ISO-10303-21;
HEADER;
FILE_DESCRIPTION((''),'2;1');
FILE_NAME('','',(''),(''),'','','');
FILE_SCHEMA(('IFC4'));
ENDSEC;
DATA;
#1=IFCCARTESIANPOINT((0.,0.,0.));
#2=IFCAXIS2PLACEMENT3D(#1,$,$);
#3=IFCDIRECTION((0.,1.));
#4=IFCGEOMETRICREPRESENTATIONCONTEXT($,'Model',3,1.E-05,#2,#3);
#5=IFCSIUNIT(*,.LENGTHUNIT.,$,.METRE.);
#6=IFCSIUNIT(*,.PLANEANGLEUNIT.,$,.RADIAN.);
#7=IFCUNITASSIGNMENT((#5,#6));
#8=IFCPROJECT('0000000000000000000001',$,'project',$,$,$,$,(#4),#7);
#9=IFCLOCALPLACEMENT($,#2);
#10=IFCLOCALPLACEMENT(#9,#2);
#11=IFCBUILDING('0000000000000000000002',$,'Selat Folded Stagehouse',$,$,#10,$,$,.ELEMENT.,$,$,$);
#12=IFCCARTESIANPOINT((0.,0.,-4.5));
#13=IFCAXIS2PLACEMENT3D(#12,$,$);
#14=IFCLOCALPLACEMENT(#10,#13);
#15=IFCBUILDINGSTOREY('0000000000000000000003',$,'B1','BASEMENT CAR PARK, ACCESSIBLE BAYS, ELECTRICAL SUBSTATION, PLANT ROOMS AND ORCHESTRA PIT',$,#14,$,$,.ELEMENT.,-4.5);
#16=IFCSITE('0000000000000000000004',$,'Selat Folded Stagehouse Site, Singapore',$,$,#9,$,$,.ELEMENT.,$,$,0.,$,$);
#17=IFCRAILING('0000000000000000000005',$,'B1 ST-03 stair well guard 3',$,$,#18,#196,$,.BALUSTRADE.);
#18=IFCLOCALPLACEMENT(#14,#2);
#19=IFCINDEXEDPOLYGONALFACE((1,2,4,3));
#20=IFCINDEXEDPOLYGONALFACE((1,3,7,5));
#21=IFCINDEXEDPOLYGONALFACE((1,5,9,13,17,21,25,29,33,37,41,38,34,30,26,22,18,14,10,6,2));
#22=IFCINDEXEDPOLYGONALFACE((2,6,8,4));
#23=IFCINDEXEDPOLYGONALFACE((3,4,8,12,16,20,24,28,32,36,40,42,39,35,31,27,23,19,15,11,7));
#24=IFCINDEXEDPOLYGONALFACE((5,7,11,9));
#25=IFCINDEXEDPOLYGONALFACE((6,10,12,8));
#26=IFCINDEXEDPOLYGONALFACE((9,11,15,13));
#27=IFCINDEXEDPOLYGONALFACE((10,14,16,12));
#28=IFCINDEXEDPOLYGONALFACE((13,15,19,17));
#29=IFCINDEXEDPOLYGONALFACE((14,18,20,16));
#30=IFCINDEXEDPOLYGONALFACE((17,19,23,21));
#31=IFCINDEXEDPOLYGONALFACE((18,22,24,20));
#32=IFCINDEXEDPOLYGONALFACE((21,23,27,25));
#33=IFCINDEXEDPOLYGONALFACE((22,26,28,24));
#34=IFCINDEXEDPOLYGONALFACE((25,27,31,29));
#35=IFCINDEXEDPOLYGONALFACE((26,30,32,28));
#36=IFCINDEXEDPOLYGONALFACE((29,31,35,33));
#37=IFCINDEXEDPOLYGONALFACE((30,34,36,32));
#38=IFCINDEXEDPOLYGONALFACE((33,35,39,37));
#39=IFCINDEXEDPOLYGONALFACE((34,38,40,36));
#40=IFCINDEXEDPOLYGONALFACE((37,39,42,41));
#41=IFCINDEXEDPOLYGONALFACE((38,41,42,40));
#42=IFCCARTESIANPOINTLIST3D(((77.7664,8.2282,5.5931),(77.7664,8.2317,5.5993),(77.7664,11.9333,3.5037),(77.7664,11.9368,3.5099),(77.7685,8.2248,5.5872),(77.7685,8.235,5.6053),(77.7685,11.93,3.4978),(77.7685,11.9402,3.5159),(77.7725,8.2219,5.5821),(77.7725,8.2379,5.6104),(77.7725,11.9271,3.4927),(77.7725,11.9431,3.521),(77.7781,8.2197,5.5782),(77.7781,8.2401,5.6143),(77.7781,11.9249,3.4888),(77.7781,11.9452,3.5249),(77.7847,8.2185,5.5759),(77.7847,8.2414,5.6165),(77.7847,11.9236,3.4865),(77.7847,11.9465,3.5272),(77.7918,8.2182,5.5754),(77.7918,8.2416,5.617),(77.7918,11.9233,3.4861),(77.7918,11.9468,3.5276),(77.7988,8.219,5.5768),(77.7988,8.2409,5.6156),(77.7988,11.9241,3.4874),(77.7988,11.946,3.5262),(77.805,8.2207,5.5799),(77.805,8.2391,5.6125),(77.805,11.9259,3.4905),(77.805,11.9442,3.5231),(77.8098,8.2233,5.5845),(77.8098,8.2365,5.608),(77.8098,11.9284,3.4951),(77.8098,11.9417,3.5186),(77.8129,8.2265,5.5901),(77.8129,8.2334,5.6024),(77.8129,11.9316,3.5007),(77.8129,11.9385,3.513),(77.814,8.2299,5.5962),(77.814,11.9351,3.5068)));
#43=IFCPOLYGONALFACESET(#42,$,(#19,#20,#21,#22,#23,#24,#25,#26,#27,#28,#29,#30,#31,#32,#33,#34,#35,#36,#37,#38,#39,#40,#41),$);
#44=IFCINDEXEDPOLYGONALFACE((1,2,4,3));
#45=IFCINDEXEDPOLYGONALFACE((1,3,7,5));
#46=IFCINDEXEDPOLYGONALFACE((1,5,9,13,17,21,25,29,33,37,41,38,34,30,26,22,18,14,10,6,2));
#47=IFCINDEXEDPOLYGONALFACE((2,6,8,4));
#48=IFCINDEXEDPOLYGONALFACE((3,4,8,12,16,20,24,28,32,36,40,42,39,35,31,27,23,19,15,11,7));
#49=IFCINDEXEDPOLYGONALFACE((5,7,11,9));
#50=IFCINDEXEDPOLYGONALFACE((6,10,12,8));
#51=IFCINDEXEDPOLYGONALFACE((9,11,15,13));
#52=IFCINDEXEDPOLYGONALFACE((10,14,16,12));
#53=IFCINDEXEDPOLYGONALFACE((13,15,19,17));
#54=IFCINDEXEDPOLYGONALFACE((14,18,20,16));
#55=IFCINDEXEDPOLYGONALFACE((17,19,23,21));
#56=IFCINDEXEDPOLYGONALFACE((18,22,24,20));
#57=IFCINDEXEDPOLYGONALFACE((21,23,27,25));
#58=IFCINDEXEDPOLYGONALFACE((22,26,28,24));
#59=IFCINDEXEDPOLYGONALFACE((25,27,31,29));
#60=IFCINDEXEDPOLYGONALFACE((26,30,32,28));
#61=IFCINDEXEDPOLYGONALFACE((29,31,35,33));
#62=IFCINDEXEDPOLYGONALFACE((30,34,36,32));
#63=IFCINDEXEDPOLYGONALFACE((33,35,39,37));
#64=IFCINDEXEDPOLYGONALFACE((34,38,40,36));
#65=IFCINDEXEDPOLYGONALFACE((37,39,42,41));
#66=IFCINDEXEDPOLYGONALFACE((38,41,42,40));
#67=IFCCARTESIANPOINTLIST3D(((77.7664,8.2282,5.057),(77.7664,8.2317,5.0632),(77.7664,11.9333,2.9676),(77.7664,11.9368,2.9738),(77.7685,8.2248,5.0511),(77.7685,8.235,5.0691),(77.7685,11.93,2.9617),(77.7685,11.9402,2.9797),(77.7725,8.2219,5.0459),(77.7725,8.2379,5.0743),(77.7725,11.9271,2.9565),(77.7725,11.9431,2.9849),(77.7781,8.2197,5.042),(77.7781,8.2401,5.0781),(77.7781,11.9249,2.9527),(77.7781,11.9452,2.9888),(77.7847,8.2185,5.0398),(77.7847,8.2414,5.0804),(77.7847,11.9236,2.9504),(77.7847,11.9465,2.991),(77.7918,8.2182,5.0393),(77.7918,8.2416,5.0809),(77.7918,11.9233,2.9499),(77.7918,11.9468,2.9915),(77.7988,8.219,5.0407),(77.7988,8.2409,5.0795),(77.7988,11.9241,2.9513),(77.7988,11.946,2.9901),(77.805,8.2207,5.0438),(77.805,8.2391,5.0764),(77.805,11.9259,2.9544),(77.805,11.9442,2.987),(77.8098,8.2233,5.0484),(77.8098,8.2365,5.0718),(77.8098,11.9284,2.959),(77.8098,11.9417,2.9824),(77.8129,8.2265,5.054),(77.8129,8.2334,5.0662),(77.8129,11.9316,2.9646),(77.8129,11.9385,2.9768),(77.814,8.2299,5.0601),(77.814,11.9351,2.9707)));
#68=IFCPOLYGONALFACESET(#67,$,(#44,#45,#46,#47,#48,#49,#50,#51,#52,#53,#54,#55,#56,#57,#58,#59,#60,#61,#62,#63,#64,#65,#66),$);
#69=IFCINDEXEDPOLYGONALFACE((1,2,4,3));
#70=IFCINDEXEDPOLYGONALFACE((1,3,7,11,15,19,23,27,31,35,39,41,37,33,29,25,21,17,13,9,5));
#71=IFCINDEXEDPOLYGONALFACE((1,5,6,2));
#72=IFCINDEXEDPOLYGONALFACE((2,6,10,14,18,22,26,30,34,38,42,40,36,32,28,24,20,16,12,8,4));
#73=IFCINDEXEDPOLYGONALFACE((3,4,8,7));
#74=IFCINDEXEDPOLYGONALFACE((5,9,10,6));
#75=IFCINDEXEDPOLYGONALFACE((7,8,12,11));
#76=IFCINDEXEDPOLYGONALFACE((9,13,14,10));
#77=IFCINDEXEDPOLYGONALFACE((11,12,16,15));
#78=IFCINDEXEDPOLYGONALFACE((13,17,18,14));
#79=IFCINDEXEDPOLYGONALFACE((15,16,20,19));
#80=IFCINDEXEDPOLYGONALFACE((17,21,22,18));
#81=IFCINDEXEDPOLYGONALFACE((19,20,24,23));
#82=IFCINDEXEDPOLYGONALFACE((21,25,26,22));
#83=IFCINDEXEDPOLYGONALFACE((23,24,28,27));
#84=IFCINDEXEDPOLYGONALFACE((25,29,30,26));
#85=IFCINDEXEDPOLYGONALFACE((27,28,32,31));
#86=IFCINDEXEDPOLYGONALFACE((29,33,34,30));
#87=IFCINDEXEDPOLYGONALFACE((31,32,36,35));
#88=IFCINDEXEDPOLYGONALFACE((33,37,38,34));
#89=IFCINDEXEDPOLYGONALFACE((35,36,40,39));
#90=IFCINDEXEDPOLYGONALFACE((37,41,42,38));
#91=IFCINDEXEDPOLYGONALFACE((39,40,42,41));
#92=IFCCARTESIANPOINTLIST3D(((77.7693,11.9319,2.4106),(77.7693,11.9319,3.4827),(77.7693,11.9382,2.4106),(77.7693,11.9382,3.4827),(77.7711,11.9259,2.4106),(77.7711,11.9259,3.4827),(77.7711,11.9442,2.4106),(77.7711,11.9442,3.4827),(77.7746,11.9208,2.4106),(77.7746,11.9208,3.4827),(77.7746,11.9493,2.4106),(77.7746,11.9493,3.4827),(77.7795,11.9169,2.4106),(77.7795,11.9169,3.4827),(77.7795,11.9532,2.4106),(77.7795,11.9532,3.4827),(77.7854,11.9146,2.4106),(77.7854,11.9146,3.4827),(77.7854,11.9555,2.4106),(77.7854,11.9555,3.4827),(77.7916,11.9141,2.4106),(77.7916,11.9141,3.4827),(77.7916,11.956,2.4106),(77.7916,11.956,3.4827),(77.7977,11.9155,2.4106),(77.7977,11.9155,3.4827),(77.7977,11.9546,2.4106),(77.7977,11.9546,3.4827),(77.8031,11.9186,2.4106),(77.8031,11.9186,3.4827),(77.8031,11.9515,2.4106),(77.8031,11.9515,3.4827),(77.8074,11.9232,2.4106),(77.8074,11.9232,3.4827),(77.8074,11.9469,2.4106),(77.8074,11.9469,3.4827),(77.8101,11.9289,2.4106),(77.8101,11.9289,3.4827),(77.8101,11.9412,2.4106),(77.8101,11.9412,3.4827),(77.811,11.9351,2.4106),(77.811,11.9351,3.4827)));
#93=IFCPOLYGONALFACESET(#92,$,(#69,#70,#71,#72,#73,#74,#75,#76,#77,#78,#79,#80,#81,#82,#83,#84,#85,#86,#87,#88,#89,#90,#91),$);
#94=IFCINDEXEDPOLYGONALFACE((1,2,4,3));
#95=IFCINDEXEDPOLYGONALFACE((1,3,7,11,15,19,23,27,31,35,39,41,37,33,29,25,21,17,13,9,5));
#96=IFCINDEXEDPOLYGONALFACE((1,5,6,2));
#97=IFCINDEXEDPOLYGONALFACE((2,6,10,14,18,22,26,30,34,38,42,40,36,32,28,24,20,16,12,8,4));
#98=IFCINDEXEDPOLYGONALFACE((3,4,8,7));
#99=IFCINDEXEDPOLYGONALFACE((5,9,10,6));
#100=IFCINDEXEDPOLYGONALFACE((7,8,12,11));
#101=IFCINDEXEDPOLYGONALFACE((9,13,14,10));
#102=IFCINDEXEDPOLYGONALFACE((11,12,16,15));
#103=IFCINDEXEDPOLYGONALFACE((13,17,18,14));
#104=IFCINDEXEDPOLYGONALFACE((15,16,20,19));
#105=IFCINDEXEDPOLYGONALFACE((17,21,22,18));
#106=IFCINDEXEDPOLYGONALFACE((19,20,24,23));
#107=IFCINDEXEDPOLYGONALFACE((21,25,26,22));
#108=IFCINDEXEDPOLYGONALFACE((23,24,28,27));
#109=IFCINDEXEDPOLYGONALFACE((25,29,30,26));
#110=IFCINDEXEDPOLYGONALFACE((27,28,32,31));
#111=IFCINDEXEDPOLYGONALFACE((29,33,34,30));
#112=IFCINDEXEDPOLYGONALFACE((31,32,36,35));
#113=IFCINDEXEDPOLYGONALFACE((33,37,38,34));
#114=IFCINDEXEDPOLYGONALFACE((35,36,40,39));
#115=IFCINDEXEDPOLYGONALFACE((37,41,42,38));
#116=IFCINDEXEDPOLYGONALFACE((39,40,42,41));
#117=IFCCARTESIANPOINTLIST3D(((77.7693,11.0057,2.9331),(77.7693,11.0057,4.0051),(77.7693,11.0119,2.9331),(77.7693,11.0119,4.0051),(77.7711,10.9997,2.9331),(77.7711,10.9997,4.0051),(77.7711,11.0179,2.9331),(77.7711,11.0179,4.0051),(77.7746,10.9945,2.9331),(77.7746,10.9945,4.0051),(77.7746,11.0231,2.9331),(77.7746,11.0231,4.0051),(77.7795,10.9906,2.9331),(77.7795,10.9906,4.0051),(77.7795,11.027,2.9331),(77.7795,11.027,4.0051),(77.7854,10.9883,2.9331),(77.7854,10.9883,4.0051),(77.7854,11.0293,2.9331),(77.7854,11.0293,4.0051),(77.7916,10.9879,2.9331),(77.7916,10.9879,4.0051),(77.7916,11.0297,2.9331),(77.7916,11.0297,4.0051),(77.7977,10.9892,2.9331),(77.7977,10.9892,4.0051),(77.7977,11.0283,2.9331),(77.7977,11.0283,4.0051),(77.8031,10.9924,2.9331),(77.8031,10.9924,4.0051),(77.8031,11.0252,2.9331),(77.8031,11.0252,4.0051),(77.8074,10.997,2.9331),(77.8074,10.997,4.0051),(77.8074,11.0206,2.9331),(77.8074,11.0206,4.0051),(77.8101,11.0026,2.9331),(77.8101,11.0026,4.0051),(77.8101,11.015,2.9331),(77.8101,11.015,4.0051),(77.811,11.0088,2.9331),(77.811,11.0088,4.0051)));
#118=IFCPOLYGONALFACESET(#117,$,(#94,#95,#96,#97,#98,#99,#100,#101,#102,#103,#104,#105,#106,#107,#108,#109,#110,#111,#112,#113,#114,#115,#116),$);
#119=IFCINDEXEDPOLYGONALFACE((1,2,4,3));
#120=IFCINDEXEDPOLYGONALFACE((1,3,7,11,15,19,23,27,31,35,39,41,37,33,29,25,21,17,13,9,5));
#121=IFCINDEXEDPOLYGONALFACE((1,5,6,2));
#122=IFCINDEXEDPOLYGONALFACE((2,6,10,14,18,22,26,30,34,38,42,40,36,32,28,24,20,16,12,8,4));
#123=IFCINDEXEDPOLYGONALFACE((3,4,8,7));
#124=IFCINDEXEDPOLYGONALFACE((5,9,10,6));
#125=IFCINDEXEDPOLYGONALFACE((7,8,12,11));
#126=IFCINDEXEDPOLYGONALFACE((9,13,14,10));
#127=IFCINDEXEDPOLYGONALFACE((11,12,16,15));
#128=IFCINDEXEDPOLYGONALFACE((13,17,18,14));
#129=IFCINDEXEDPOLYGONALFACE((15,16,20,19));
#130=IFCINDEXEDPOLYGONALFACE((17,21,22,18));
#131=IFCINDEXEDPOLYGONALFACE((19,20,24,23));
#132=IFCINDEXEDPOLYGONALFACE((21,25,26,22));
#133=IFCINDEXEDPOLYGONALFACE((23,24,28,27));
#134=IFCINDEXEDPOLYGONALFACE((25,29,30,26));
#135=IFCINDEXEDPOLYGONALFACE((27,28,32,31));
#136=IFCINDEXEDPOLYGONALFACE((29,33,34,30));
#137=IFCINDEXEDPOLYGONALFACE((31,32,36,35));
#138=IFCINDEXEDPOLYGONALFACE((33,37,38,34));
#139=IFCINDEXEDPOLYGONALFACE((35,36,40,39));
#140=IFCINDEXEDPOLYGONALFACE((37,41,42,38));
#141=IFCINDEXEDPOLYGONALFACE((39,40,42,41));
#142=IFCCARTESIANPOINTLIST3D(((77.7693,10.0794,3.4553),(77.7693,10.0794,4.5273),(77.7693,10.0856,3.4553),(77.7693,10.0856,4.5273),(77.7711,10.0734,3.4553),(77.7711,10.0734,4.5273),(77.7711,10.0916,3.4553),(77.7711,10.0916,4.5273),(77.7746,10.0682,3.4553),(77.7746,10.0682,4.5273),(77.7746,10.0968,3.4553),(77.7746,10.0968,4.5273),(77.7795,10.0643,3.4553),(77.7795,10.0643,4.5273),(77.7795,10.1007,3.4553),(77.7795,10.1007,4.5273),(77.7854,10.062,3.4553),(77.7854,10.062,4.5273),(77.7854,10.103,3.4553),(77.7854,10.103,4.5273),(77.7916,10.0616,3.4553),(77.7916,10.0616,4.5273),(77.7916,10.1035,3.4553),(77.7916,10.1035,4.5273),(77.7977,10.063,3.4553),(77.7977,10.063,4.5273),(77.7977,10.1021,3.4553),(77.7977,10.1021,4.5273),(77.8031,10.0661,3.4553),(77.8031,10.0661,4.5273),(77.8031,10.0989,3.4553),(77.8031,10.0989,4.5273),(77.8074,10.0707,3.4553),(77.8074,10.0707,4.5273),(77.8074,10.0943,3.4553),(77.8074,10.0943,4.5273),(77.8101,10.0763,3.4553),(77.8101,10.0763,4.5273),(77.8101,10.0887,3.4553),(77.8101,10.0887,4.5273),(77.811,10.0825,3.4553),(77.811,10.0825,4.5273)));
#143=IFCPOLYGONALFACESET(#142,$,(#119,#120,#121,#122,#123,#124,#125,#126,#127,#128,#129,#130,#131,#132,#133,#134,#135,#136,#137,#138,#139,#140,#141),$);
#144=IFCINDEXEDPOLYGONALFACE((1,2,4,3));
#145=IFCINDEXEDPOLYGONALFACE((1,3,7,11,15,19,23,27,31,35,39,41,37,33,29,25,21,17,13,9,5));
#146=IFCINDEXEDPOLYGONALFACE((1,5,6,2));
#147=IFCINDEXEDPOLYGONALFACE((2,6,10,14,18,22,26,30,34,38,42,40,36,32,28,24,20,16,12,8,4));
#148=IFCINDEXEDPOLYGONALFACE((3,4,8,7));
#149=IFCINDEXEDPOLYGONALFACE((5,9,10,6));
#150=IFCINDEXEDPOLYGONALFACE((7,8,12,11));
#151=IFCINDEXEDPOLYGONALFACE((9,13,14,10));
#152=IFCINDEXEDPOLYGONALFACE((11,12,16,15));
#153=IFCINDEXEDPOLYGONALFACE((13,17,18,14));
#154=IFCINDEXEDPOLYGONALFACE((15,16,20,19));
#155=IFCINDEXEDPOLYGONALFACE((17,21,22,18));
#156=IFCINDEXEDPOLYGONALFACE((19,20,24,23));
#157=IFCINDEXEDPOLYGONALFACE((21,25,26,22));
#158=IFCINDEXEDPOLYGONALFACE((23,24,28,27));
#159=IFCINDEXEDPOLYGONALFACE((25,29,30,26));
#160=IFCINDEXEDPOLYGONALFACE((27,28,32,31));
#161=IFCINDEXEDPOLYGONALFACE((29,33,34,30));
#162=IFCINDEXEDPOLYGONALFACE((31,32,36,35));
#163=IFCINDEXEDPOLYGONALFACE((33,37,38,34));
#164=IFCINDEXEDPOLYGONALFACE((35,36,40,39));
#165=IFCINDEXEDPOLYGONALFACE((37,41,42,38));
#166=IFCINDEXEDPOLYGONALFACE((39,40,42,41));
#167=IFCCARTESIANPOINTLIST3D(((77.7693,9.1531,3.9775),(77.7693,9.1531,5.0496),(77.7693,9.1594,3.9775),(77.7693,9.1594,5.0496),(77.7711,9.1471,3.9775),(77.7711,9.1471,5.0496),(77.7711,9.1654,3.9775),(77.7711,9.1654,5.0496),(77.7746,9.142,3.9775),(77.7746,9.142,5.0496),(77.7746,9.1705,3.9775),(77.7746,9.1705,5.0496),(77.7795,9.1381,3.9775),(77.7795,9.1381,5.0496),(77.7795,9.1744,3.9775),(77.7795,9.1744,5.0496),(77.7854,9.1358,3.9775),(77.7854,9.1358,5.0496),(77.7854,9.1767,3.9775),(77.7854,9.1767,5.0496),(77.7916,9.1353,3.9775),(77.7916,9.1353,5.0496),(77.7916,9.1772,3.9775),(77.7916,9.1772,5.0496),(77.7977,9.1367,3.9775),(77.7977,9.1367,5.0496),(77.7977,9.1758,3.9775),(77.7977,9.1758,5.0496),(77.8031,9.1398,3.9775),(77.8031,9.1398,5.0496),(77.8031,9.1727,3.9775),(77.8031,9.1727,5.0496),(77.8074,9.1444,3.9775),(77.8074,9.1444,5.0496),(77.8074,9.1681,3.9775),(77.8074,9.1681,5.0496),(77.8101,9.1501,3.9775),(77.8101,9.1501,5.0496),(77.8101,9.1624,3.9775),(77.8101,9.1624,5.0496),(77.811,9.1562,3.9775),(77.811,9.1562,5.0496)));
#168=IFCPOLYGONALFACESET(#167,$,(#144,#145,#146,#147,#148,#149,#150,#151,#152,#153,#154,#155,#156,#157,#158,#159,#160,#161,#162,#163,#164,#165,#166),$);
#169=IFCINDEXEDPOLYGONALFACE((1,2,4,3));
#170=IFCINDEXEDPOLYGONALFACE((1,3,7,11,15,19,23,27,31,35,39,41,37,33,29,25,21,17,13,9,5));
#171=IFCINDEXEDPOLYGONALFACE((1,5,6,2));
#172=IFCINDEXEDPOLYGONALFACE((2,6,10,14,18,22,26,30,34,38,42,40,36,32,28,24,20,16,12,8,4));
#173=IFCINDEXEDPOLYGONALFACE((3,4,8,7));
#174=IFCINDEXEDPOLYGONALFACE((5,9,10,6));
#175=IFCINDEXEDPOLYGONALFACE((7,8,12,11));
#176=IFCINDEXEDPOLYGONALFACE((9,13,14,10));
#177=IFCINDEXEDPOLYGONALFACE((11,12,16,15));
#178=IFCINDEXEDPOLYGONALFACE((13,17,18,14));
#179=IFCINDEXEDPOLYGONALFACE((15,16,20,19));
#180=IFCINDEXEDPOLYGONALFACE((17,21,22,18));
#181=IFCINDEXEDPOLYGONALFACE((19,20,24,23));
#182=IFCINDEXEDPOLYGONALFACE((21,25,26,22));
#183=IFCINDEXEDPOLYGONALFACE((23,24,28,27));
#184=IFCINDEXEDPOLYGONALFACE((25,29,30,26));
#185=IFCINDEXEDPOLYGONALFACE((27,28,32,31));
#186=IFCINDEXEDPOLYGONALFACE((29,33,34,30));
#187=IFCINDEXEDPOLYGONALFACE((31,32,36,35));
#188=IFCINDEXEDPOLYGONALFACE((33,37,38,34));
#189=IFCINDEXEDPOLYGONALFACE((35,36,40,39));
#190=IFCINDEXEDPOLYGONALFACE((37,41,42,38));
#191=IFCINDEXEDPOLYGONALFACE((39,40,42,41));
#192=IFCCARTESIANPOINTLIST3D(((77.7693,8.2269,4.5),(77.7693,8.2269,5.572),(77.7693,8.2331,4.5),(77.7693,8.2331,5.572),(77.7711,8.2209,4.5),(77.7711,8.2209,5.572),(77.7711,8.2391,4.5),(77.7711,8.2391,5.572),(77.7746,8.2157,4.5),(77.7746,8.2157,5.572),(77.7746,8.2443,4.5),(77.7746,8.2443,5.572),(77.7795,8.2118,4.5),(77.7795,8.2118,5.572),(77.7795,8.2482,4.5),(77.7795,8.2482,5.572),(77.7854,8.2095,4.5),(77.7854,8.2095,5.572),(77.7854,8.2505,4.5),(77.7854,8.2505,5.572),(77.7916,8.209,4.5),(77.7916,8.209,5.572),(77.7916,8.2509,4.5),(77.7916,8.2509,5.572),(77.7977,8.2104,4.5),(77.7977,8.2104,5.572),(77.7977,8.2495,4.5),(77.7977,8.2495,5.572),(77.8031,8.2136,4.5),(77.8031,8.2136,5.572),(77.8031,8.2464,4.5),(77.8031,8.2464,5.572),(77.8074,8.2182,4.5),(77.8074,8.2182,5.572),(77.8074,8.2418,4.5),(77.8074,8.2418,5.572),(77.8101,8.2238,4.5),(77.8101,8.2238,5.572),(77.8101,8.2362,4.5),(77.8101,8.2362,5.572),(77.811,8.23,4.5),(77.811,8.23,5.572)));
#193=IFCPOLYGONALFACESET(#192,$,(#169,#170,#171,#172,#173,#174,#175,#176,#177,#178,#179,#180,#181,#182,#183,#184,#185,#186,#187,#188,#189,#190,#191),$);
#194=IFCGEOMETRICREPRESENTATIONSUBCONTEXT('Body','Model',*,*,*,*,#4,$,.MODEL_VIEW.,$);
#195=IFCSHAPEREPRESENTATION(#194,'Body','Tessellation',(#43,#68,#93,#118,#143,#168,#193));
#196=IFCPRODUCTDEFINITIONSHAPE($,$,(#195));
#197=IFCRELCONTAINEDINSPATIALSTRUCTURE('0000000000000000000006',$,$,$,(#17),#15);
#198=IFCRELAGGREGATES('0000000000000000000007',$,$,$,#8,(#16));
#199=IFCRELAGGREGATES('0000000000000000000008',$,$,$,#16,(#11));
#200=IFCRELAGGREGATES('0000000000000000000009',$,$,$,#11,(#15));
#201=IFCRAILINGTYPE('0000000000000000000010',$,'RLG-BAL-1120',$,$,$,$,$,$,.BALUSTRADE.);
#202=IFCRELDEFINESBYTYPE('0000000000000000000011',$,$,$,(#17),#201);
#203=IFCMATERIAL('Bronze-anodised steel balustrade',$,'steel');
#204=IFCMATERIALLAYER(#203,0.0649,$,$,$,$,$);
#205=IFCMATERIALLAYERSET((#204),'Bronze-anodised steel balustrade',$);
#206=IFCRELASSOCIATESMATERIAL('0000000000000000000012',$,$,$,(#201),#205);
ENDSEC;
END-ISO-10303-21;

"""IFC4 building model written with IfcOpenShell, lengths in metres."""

from ifc_helpers import new_model, si_unit, direction, frame, origin, origin_2d, place, context, subcontext, project, spatial, circle, extrude, material, layer, layer_set, type_object, element, save


model = new_model("IFC4")

# Units and contexts
model_context = context("Model", 3, precision=1e-05, world=origin(), true_north=direction((0.0, 1.0)))
body_context = subcontext(model_context, "Body", "Model", "MODEL_VIEW")
ifc_project = project(units=[si_unit("LENGTHUNIT", "METRE"), si_unit("PLANEANGLEUNIT", "RADIAN")], contexts=[model_context])

# Site, building, storey
site_placement = place(None, origin())
site = spatial("IfcSite", under=ifc_project, at=site_placement, Name="Selat Folded Stagehouse Site, Singapore", CompositionType="ELEMENT", RefElevation=0.0)
building_placement = place(site_placement, origin())
building = spatial("IfcBuilding", under=site, at=building_placement, Name="Selat Folded Stagehouse", CompositionType="ELEMENT")
storey_placement = place(building_placement, frame((0.0, 0.0, -4.5)))
storey = spatial("IfcBuildingStorey", under=building, at=storey_placement, Name="B1", Description="BASEMENT CAR PARK, ACCESSIBLE BAYS, ELECTRICAL SUBSTATION, PLANT ROOMS AND ORCHESTRA PIT", CompositionType="ELEMENT", Elevation=-4.5)

# Railing
ifc_material_1 = material(Name="Bronze-anodised steel balustrade", Category="steel")
ifc_layer_1 = layer(ifc_material_1, 0.0649)
ifc_layer_set_1 = layer_set([ifc_layer_1], Name="Bronze-anodised steel balustrade")
railing_type_1 = type_object("IfcRailingType", Name="RLG-BAL-1120", PredefinedType="BALUSTRADE", material=ifc_layer_set_1)
railing_1_placement = place(storey_placement, frame((77.79, 11.9351, 2.4106)))
element("IfcRailing", 1, at=railing_1_placement, inside=storey, type_object=railing_type_1, Name="B1 ST-03 stair well guard 3", PredefinedType="BALUSTRADE", context=body_context, shape_type="SweptSolid", body=[
    extrude(circle(Radius=0.0239, at=origin_2d()), frame((0.0, 0.0, 1.0962), z_axis=(0.0, -0.871048, 0.491198), x_axis=(1.0, 0.0, 0.0)), (0.0, 0.0, 1.0), 4.2537),
    extrude(circle(Radius=0.0239, at=origin_2d()), frame((0.0, 0.0, 0.5601), z_axis=(0.0, -0.871048, 0.491198), x_axis=(1.0, 0.0, 0.0)), (0.0, 0.0, 1.0), 4.2537),
    extrude(circle(Radius=0.021, at=origin_2d()), origin(), (0.0, 0.0, 1.0), 1.072),
    extrude(circle(Radius=0.021, at=origin_2d()), frame((0.0, -0.9263, 0.5225)), (0.0, 0.0, 1.0), 1.072),
    extrude(circle(Radius=0.021, at=origin_2d()), frame((0.0, -1.8525, 1.0447)), (0.0, 0.0, 1.0), 1.072),
    extrude(circle(Radius=0.021, at=origin_2d()), frame((0.0, -2.7788, 1.5669)), (0.0, 0.0, 1.0), 1.072),
    extrude(circle(Radius=0.021, at=origin_2d()), frame((0.0, -3.7051, 2.0894)), (0.0, 0.0, 1.0), 1.072),
])

save(model, "model.ifc")
